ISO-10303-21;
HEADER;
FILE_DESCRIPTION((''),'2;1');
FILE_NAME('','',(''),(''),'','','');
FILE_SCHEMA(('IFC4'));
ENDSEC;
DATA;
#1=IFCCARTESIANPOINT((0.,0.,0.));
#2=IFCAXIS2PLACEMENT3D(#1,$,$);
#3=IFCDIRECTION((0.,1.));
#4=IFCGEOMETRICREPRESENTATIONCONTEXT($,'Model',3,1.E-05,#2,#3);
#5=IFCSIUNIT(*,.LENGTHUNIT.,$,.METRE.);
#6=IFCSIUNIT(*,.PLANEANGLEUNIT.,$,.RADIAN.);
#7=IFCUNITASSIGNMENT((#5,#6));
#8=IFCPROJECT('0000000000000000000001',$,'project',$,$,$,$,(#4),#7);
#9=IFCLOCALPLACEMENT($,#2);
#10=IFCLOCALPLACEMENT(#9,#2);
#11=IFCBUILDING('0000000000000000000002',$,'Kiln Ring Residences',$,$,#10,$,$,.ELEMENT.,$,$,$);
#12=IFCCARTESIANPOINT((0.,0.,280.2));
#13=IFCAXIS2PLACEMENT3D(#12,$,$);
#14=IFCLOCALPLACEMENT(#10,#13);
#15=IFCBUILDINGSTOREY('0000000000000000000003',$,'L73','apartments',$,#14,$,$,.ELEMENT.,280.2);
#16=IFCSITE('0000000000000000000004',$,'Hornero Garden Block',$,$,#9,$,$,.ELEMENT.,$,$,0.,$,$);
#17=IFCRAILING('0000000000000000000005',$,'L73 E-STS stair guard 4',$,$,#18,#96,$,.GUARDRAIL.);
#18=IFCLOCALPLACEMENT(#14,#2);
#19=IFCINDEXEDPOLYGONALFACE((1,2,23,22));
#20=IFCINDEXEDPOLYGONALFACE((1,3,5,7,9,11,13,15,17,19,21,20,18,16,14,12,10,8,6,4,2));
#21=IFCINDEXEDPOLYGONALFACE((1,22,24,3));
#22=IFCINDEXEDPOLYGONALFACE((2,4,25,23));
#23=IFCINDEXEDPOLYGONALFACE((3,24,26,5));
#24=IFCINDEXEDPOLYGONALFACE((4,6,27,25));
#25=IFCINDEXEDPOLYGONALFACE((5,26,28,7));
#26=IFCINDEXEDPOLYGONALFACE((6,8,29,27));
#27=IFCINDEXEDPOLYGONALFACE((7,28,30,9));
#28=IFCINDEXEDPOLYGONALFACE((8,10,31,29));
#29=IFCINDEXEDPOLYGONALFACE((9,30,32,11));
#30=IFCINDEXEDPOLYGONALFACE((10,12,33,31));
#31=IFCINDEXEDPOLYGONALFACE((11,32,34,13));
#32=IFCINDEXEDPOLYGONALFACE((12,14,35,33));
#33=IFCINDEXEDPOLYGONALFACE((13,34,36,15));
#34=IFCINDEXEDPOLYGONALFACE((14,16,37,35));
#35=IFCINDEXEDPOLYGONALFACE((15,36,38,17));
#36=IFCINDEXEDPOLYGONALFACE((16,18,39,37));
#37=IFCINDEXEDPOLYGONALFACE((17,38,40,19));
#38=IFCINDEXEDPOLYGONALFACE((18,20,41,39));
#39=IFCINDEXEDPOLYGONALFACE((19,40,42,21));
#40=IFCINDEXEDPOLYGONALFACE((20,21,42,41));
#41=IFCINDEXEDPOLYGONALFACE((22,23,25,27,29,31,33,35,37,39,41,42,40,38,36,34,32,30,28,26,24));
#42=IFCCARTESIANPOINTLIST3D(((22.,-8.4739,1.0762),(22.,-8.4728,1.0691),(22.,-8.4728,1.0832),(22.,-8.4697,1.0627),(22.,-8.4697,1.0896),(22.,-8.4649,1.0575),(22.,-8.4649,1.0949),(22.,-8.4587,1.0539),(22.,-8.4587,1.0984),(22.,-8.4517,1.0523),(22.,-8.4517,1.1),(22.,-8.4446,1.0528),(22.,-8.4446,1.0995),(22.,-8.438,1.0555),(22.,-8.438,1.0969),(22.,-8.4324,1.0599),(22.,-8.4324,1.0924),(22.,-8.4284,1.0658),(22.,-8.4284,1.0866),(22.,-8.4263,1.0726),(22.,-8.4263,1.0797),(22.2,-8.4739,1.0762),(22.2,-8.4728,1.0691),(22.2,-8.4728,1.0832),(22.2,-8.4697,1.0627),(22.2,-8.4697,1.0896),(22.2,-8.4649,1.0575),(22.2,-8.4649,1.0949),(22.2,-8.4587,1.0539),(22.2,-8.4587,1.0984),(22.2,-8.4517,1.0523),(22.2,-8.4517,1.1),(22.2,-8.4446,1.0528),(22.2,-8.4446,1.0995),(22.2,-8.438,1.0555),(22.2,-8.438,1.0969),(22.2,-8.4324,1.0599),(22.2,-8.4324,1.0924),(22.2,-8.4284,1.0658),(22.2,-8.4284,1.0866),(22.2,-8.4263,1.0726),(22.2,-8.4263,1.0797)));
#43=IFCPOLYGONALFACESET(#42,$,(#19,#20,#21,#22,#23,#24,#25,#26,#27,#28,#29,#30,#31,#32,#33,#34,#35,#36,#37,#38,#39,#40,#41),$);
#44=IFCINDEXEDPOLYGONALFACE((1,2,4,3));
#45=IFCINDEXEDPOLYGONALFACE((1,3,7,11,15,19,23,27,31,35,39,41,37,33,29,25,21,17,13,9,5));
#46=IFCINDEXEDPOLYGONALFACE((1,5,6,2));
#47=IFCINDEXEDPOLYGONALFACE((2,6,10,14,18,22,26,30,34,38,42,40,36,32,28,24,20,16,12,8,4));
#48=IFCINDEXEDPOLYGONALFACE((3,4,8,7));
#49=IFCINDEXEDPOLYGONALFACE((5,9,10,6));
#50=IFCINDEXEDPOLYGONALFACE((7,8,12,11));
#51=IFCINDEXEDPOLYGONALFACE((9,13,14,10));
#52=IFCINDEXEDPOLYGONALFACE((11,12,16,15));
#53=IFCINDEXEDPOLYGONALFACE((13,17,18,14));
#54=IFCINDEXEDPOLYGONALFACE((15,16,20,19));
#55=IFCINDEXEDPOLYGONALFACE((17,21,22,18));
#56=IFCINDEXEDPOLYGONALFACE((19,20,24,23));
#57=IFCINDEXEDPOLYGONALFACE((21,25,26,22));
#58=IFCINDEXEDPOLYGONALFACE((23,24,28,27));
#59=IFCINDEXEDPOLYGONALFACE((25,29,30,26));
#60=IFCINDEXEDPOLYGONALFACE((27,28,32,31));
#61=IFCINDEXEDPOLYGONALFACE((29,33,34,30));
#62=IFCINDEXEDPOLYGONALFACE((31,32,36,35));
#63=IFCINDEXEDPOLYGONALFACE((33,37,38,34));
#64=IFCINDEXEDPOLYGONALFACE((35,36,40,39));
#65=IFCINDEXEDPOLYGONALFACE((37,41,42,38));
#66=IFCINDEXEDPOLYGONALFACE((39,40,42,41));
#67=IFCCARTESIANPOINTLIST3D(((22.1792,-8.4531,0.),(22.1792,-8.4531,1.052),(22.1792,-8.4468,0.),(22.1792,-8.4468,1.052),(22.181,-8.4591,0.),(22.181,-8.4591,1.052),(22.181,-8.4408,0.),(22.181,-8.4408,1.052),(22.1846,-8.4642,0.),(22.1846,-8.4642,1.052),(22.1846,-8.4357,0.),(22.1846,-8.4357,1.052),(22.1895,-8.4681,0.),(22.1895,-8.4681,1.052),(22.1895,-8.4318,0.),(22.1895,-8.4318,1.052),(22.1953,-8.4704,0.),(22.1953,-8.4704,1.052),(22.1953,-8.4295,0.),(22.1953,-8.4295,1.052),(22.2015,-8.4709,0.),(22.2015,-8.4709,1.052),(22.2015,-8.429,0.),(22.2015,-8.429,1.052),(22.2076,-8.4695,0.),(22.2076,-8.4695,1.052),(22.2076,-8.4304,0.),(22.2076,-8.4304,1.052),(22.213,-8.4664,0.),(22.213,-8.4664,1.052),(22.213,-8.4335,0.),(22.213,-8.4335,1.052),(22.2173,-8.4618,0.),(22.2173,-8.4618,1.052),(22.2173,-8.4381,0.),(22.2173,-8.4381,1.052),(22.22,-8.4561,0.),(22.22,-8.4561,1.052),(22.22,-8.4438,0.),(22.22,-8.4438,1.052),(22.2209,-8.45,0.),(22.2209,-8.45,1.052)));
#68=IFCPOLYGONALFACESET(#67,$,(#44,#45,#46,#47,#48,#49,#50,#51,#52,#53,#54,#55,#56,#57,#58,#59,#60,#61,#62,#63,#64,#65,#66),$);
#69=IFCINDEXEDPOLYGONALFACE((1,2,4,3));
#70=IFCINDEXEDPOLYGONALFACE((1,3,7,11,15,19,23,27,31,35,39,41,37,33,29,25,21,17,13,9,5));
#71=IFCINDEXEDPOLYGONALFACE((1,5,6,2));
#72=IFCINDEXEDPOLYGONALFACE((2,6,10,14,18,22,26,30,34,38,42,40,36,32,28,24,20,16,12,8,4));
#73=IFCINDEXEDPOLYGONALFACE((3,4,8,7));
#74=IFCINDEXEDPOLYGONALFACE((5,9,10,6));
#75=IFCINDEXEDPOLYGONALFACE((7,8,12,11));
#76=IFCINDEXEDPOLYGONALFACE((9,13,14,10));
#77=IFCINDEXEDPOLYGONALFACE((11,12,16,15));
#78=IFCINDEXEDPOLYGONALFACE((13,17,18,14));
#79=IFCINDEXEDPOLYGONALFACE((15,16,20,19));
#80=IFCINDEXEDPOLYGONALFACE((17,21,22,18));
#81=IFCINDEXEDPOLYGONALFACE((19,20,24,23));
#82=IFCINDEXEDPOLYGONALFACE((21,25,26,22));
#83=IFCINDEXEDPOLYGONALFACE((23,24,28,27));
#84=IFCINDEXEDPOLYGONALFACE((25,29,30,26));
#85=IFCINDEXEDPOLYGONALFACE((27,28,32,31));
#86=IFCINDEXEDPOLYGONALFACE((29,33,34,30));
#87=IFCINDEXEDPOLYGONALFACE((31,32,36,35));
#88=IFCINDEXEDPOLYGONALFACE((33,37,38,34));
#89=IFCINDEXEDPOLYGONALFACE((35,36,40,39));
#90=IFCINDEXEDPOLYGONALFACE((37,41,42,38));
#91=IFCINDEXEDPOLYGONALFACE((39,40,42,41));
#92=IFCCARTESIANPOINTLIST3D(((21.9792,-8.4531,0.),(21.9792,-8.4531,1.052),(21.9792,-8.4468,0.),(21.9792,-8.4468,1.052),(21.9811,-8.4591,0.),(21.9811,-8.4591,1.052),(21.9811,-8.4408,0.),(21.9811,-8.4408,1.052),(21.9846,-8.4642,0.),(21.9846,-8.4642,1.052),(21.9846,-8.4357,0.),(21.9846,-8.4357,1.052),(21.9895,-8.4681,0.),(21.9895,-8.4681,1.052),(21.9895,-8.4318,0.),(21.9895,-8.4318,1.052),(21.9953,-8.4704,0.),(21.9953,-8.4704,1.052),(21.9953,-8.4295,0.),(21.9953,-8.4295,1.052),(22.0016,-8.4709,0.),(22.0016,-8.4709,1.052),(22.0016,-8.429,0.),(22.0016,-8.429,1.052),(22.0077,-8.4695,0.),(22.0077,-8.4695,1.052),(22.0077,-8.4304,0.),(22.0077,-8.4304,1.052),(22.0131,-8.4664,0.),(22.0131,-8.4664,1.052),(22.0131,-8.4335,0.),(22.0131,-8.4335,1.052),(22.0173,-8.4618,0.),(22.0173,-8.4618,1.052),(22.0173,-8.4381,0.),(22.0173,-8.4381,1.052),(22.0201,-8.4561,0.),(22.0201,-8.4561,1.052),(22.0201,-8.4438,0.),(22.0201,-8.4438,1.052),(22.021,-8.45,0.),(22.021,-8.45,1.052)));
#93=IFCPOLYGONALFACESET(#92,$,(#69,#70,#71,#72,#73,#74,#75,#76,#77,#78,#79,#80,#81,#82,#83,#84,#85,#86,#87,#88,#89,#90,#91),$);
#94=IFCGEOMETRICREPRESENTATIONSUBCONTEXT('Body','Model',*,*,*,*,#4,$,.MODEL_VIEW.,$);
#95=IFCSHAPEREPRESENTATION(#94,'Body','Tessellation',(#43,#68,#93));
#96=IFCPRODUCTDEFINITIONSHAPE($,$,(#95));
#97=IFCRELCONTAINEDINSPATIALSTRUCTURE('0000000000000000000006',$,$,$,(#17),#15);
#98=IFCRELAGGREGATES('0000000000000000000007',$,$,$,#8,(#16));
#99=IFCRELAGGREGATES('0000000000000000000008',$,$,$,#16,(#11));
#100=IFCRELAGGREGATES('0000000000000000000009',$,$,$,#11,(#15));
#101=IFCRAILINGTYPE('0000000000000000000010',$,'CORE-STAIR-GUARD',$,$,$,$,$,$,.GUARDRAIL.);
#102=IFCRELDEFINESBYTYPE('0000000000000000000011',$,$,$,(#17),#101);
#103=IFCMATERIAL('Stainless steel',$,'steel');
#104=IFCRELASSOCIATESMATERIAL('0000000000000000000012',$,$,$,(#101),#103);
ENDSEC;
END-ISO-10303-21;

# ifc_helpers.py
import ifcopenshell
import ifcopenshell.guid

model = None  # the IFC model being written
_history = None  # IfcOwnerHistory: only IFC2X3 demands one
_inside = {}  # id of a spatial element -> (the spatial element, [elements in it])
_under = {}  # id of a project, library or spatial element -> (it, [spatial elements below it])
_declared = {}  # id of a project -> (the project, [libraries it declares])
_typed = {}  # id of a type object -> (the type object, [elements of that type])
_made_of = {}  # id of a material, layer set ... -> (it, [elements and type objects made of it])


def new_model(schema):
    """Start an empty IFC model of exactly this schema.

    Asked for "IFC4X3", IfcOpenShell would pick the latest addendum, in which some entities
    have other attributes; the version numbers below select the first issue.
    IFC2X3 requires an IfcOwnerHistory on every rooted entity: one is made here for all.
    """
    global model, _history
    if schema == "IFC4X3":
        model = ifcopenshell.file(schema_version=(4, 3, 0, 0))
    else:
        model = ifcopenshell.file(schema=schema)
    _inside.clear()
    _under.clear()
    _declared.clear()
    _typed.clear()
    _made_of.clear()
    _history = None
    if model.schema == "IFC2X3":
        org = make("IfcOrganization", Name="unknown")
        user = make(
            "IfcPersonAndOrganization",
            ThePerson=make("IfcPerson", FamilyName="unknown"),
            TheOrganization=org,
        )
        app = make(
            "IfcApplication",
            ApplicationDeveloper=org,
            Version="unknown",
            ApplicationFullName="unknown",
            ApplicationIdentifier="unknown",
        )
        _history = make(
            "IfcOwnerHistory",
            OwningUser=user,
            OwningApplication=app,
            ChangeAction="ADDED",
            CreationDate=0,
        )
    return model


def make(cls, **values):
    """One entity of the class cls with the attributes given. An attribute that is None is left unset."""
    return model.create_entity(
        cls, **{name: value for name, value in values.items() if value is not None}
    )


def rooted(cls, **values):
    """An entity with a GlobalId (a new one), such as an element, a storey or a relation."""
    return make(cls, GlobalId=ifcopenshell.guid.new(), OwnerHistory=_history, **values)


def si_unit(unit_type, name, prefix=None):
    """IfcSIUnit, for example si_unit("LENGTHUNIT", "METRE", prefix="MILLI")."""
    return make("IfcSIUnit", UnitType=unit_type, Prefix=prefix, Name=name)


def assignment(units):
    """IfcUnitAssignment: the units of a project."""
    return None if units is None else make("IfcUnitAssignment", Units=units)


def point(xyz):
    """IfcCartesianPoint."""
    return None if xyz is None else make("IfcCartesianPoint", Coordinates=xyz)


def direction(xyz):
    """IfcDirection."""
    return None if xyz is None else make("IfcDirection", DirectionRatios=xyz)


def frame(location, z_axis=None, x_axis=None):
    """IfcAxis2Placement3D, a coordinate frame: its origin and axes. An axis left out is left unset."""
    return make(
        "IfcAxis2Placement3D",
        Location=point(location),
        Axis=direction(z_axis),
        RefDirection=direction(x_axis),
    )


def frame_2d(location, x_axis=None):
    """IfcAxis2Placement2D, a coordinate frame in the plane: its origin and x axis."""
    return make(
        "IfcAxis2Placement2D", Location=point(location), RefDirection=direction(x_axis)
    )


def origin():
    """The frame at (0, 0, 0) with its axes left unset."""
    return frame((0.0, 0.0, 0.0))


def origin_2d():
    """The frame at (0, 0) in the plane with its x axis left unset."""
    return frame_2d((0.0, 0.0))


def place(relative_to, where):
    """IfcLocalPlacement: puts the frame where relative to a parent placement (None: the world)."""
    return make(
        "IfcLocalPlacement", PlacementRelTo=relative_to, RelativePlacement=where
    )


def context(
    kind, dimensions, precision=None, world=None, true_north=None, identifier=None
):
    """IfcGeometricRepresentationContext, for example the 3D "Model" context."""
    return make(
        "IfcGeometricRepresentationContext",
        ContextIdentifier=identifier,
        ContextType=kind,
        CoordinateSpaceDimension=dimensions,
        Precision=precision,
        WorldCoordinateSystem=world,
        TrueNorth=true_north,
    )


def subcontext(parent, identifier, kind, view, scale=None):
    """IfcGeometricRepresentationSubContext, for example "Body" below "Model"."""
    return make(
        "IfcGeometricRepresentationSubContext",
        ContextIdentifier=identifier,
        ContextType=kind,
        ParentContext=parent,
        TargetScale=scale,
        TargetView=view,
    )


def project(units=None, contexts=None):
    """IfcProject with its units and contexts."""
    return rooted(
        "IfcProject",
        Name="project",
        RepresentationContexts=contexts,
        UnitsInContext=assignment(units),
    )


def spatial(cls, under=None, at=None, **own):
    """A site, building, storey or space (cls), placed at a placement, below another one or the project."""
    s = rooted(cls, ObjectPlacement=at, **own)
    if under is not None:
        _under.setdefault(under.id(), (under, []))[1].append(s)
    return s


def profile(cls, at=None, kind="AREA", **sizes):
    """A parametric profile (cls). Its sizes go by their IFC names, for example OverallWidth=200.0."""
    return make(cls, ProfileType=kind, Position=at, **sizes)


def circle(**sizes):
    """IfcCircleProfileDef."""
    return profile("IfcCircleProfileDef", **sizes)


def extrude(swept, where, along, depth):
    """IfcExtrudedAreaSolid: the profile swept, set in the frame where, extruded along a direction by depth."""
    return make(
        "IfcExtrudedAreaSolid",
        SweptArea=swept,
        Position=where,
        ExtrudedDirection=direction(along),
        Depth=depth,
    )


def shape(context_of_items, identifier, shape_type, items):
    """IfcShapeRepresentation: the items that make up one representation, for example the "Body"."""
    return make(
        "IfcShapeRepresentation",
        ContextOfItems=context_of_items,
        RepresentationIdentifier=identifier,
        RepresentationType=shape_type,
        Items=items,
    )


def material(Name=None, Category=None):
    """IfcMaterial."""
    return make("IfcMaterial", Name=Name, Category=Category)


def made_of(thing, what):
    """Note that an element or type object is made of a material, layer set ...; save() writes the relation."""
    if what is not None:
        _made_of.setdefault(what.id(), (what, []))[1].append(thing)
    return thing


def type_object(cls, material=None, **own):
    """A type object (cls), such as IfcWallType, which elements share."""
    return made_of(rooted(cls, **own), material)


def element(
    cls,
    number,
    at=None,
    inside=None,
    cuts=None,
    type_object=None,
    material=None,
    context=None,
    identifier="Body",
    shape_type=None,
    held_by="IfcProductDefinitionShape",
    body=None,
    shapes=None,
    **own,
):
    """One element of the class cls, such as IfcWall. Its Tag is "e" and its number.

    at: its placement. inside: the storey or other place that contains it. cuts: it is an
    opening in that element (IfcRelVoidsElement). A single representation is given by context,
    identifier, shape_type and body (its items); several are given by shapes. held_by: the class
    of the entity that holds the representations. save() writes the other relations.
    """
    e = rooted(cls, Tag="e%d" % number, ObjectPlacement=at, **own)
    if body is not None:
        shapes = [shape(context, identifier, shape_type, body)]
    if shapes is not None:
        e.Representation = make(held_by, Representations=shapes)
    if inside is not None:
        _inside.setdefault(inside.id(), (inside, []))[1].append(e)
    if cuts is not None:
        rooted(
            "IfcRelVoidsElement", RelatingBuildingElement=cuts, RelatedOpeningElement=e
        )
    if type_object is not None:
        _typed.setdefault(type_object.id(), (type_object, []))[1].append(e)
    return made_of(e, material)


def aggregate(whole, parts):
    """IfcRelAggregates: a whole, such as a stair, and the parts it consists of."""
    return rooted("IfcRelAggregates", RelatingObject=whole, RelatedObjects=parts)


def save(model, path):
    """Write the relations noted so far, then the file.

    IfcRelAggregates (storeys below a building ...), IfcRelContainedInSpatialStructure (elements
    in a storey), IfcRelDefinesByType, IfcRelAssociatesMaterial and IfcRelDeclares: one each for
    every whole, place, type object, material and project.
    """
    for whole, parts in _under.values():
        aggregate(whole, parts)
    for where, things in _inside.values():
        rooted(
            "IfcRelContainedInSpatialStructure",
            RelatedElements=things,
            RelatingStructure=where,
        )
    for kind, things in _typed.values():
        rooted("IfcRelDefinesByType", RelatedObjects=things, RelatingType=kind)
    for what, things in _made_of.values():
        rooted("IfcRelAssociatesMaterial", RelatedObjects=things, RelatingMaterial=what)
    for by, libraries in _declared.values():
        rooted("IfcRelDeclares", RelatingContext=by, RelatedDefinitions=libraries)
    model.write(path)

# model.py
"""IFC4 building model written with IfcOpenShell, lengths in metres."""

from ifc_helpers import new_model, si_unit, direction, frame, origin, origin_2d, place, context, subcontext, project, spatial, circle, extrude, material, type_object, element, save


model = new_model("IFC4")

# Units and contexts
model_context = context("Model", 3, precision=1e-05, world=origin(), true_north=direction((0.0, 1.0)))
body_context = subcontext(model_context, "Body", "Model", "MODEL_VIEW")
ifc_project = project(units=[si_unit("LENGTHUNIT", "METRE"), si_unit("PLANEANGLEUNIT", "RADIAN")], contexts=[model_context])

# Site, building, storey
site_placement = place(None, origin())
site = spatial("IfcSite", under=ifc_project, at=site_placement, Name="Hornero Garden Block", CompositionType="ELEMENT", RefElevation=0.0)
building_placement = place(site_placement, origin())
building = spatial("IfcBuilding", under=site, at=building_placement, Name="Kiln Ring Residences", CompositionType="ELEMENT")
storey_placement = place(building_placement, frame((0.0, 0.0, 280.2)))
storey = spatial("IfcBuildingStorey", under=building, at=storey_placement, Name="L73", Description="apartments", CompositionType="ELEMENT", Elevation=280.2)

# Railing
ifc_material_1 = material(Name="Stainless steel", Category="steel")
railing_type_1 = type_object("IfcRailingType", Name="CORE-STAIR-GUARD", PredefinedType="GUARDRAIL", material=ifc_material_1)
railing_1_placement = place(storey_placement, frame((22.2, -8.45, 0.0)))
element("IfcRailing", 1, at=railing_1_placement, inside=storey, type_object=railing_type_1, Name="L73 E-STS stair guard 4", PredefinedType="GUARDRAIL", context=body_context, shape_type="SweptSolid", body=[
    extrude(circle(Radius=0.0239, at=origin_2d()), frame((0.0, 0.0, 1.0762), z_axis=(-1.0, 0.0, 0.0), x_axis=(0.0, -1.0, 0.0)), (0.0, 0.0, 1.0), 0.2),
    extrude(circle(Radius=0.021, at=origin_2d()), origin(), (0.0, 0.0, 1.0), 1.052),
    extrude(circle(Radius=0.021, at=origin_2d()), frame((-0.2, 0.0, 0.0)), (0.0, 0.0, 1.0), 1.052),
])

save(model, "model.ifc")
